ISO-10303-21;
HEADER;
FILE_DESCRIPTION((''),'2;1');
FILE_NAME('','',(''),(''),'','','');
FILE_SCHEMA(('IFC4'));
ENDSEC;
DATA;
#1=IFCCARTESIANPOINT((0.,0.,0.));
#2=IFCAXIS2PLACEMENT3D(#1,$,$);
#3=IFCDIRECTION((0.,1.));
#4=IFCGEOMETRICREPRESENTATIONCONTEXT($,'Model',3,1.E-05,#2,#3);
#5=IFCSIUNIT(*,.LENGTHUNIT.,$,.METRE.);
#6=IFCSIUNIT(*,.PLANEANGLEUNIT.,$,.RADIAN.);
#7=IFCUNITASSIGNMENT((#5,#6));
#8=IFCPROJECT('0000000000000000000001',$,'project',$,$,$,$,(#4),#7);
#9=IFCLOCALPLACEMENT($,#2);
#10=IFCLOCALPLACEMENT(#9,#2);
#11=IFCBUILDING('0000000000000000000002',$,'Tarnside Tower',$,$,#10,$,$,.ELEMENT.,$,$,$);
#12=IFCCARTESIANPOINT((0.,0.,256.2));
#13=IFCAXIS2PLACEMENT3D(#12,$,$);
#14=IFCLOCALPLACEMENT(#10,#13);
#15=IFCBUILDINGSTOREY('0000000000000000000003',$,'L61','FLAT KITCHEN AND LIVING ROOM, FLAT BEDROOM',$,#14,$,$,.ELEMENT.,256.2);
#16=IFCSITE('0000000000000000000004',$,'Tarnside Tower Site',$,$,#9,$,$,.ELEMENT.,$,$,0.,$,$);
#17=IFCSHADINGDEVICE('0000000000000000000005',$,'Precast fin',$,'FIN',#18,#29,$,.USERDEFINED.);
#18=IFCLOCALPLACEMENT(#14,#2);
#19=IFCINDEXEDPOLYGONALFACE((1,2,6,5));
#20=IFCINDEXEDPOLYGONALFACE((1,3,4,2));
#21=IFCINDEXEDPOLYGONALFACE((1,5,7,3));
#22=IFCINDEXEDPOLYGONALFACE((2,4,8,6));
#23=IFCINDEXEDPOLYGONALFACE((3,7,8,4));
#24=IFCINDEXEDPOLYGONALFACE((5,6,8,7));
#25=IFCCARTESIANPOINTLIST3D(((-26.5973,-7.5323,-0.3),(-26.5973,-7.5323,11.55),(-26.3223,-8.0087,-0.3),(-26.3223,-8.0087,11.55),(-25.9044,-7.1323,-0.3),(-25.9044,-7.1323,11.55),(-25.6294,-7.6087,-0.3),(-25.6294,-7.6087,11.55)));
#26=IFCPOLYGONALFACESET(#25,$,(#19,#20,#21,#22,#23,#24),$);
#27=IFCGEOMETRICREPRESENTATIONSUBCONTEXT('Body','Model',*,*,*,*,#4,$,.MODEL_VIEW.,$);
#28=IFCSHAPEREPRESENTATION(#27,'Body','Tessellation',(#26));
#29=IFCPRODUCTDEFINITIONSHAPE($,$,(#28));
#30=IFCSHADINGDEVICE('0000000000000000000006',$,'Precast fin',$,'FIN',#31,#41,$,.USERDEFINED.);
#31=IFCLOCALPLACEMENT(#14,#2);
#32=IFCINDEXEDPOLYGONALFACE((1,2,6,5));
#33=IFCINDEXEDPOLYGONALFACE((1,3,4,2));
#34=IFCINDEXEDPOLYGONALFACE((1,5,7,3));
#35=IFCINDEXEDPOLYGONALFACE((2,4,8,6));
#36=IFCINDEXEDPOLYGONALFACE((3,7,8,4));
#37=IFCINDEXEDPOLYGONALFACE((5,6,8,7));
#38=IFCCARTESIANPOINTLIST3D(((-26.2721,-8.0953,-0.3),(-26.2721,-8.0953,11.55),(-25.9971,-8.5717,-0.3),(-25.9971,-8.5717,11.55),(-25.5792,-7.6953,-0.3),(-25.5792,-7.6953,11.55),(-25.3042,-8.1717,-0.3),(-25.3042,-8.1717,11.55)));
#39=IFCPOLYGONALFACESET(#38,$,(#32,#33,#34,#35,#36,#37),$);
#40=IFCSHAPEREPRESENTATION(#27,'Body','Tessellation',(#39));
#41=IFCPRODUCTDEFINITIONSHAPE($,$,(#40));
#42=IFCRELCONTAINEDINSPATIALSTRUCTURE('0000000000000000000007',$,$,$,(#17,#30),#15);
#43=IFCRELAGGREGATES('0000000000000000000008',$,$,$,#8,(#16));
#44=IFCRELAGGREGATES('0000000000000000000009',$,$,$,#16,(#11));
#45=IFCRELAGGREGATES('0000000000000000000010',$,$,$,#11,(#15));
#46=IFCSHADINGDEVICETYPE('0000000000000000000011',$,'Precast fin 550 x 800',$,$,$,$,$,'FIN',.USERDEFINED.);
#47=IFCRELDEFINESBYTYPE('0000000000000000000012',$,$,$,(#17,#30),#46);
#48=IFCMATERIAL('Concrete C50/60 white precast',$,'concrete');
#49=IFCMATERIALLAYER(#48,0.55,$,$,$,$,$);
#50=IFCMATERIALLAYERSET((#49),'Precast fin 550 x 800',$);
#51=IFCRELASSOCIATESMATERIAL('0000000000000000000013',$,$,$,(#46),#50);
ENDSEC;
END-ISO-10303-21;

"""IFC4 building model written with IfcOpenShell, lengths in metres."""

from ifc_helpers import new_model, si_unit, direction, frame, origin, place, context, subcontext, project, spatial, polyline, outline, extrude, material, layer, layer_set, type_object, element, save


model = new_model("IFC4")

# Units and contexts
model_context = context("Model", 3, precision=1e-05, world=origin(), true_north=direction((0.0, 1.0)))
body_context = subcontext(model_context, "Body", "Model", "MODEL_VIEW")
ifc_project = project(units=[si_unit("LENGTHUNIT", "METRE"), si_unit("PLANEANGLEUNIT", "RADIAN")], contexts=[model_context])

# Site, building, storey
site_placement = place(None, origin())
site = spatial("IfcSite", under=ifc_project, at=site_placement, Name="Tarnside Tower Site", CompositionType="ELEMENT", RefElevation=0.0)
building_placement = place(site_placement, origin())
building = spatial("IfcBuilding", under=site, at=building_placement, Name="Tarnside Tower", CompositionType="ELEMENT")
storey_placement = place(building_placement, frame((0.0, 0.0, 256.2)))
storey = spatial("IfcBuildingStorey", under=building, at=storey_placement, Name="L61", Description="FLAT KITCHEN AND LIVING ROOM, FLAT BEDROOM", CompositionType="ELEMENT", Elevation=256.2)

# Shading devices
ifc_material_1 = material(Name="Concrete C50/60 white precast", Category="concrete")
ifc_layer_1 = layer(ifc_material_1, 0.55)
ifc_layer_set_1 = layer_set([ifc_layer_1], Name="Precast fin 550 x 800")
shading_device_type_1 = type_object("IfcShadingDeviceType", Name="Precast fin 550 x 800", ElementType="FIN", PredefinedType="USERDEFINED", material=ifc_layer_set_1)
for number, where, z_axis, x_axis, name in (
    (1, (-25.7668, -7.3706, -0.3), (-0.5, 0.866025, 0.0), (-0.866025, -0.5, 0.0), "Precast fin"),
    (2, (-25.4417, -7.9336, -0.3), (-0.5, 0.866025, 0.0), (-0.866025, -0.5, 0.0), "Precast fin"),
):
    element("IfcShadingDevice", number, at=place(storey_placement, frame(where, z_axis=z_axis, x_axis=x_axis)), inside=storey, type_object=shading_device_type_1, Name=name, ObjectType="FIN", PredefinedType="USERDEFINED", context=body_context, shape_type="SweptSolid", body=[
        extrude(outline(polyline([(0.0, 0.0), (0.8, 0.0), (0.8, 11.8501), (0.0, 11.8501), (0.0, 0.0)])), frame((0.0, 0.0, -0.2749)), (0.0, 0.0, 1.0), 0.55),
    ])

save(model, "model.ifc")
